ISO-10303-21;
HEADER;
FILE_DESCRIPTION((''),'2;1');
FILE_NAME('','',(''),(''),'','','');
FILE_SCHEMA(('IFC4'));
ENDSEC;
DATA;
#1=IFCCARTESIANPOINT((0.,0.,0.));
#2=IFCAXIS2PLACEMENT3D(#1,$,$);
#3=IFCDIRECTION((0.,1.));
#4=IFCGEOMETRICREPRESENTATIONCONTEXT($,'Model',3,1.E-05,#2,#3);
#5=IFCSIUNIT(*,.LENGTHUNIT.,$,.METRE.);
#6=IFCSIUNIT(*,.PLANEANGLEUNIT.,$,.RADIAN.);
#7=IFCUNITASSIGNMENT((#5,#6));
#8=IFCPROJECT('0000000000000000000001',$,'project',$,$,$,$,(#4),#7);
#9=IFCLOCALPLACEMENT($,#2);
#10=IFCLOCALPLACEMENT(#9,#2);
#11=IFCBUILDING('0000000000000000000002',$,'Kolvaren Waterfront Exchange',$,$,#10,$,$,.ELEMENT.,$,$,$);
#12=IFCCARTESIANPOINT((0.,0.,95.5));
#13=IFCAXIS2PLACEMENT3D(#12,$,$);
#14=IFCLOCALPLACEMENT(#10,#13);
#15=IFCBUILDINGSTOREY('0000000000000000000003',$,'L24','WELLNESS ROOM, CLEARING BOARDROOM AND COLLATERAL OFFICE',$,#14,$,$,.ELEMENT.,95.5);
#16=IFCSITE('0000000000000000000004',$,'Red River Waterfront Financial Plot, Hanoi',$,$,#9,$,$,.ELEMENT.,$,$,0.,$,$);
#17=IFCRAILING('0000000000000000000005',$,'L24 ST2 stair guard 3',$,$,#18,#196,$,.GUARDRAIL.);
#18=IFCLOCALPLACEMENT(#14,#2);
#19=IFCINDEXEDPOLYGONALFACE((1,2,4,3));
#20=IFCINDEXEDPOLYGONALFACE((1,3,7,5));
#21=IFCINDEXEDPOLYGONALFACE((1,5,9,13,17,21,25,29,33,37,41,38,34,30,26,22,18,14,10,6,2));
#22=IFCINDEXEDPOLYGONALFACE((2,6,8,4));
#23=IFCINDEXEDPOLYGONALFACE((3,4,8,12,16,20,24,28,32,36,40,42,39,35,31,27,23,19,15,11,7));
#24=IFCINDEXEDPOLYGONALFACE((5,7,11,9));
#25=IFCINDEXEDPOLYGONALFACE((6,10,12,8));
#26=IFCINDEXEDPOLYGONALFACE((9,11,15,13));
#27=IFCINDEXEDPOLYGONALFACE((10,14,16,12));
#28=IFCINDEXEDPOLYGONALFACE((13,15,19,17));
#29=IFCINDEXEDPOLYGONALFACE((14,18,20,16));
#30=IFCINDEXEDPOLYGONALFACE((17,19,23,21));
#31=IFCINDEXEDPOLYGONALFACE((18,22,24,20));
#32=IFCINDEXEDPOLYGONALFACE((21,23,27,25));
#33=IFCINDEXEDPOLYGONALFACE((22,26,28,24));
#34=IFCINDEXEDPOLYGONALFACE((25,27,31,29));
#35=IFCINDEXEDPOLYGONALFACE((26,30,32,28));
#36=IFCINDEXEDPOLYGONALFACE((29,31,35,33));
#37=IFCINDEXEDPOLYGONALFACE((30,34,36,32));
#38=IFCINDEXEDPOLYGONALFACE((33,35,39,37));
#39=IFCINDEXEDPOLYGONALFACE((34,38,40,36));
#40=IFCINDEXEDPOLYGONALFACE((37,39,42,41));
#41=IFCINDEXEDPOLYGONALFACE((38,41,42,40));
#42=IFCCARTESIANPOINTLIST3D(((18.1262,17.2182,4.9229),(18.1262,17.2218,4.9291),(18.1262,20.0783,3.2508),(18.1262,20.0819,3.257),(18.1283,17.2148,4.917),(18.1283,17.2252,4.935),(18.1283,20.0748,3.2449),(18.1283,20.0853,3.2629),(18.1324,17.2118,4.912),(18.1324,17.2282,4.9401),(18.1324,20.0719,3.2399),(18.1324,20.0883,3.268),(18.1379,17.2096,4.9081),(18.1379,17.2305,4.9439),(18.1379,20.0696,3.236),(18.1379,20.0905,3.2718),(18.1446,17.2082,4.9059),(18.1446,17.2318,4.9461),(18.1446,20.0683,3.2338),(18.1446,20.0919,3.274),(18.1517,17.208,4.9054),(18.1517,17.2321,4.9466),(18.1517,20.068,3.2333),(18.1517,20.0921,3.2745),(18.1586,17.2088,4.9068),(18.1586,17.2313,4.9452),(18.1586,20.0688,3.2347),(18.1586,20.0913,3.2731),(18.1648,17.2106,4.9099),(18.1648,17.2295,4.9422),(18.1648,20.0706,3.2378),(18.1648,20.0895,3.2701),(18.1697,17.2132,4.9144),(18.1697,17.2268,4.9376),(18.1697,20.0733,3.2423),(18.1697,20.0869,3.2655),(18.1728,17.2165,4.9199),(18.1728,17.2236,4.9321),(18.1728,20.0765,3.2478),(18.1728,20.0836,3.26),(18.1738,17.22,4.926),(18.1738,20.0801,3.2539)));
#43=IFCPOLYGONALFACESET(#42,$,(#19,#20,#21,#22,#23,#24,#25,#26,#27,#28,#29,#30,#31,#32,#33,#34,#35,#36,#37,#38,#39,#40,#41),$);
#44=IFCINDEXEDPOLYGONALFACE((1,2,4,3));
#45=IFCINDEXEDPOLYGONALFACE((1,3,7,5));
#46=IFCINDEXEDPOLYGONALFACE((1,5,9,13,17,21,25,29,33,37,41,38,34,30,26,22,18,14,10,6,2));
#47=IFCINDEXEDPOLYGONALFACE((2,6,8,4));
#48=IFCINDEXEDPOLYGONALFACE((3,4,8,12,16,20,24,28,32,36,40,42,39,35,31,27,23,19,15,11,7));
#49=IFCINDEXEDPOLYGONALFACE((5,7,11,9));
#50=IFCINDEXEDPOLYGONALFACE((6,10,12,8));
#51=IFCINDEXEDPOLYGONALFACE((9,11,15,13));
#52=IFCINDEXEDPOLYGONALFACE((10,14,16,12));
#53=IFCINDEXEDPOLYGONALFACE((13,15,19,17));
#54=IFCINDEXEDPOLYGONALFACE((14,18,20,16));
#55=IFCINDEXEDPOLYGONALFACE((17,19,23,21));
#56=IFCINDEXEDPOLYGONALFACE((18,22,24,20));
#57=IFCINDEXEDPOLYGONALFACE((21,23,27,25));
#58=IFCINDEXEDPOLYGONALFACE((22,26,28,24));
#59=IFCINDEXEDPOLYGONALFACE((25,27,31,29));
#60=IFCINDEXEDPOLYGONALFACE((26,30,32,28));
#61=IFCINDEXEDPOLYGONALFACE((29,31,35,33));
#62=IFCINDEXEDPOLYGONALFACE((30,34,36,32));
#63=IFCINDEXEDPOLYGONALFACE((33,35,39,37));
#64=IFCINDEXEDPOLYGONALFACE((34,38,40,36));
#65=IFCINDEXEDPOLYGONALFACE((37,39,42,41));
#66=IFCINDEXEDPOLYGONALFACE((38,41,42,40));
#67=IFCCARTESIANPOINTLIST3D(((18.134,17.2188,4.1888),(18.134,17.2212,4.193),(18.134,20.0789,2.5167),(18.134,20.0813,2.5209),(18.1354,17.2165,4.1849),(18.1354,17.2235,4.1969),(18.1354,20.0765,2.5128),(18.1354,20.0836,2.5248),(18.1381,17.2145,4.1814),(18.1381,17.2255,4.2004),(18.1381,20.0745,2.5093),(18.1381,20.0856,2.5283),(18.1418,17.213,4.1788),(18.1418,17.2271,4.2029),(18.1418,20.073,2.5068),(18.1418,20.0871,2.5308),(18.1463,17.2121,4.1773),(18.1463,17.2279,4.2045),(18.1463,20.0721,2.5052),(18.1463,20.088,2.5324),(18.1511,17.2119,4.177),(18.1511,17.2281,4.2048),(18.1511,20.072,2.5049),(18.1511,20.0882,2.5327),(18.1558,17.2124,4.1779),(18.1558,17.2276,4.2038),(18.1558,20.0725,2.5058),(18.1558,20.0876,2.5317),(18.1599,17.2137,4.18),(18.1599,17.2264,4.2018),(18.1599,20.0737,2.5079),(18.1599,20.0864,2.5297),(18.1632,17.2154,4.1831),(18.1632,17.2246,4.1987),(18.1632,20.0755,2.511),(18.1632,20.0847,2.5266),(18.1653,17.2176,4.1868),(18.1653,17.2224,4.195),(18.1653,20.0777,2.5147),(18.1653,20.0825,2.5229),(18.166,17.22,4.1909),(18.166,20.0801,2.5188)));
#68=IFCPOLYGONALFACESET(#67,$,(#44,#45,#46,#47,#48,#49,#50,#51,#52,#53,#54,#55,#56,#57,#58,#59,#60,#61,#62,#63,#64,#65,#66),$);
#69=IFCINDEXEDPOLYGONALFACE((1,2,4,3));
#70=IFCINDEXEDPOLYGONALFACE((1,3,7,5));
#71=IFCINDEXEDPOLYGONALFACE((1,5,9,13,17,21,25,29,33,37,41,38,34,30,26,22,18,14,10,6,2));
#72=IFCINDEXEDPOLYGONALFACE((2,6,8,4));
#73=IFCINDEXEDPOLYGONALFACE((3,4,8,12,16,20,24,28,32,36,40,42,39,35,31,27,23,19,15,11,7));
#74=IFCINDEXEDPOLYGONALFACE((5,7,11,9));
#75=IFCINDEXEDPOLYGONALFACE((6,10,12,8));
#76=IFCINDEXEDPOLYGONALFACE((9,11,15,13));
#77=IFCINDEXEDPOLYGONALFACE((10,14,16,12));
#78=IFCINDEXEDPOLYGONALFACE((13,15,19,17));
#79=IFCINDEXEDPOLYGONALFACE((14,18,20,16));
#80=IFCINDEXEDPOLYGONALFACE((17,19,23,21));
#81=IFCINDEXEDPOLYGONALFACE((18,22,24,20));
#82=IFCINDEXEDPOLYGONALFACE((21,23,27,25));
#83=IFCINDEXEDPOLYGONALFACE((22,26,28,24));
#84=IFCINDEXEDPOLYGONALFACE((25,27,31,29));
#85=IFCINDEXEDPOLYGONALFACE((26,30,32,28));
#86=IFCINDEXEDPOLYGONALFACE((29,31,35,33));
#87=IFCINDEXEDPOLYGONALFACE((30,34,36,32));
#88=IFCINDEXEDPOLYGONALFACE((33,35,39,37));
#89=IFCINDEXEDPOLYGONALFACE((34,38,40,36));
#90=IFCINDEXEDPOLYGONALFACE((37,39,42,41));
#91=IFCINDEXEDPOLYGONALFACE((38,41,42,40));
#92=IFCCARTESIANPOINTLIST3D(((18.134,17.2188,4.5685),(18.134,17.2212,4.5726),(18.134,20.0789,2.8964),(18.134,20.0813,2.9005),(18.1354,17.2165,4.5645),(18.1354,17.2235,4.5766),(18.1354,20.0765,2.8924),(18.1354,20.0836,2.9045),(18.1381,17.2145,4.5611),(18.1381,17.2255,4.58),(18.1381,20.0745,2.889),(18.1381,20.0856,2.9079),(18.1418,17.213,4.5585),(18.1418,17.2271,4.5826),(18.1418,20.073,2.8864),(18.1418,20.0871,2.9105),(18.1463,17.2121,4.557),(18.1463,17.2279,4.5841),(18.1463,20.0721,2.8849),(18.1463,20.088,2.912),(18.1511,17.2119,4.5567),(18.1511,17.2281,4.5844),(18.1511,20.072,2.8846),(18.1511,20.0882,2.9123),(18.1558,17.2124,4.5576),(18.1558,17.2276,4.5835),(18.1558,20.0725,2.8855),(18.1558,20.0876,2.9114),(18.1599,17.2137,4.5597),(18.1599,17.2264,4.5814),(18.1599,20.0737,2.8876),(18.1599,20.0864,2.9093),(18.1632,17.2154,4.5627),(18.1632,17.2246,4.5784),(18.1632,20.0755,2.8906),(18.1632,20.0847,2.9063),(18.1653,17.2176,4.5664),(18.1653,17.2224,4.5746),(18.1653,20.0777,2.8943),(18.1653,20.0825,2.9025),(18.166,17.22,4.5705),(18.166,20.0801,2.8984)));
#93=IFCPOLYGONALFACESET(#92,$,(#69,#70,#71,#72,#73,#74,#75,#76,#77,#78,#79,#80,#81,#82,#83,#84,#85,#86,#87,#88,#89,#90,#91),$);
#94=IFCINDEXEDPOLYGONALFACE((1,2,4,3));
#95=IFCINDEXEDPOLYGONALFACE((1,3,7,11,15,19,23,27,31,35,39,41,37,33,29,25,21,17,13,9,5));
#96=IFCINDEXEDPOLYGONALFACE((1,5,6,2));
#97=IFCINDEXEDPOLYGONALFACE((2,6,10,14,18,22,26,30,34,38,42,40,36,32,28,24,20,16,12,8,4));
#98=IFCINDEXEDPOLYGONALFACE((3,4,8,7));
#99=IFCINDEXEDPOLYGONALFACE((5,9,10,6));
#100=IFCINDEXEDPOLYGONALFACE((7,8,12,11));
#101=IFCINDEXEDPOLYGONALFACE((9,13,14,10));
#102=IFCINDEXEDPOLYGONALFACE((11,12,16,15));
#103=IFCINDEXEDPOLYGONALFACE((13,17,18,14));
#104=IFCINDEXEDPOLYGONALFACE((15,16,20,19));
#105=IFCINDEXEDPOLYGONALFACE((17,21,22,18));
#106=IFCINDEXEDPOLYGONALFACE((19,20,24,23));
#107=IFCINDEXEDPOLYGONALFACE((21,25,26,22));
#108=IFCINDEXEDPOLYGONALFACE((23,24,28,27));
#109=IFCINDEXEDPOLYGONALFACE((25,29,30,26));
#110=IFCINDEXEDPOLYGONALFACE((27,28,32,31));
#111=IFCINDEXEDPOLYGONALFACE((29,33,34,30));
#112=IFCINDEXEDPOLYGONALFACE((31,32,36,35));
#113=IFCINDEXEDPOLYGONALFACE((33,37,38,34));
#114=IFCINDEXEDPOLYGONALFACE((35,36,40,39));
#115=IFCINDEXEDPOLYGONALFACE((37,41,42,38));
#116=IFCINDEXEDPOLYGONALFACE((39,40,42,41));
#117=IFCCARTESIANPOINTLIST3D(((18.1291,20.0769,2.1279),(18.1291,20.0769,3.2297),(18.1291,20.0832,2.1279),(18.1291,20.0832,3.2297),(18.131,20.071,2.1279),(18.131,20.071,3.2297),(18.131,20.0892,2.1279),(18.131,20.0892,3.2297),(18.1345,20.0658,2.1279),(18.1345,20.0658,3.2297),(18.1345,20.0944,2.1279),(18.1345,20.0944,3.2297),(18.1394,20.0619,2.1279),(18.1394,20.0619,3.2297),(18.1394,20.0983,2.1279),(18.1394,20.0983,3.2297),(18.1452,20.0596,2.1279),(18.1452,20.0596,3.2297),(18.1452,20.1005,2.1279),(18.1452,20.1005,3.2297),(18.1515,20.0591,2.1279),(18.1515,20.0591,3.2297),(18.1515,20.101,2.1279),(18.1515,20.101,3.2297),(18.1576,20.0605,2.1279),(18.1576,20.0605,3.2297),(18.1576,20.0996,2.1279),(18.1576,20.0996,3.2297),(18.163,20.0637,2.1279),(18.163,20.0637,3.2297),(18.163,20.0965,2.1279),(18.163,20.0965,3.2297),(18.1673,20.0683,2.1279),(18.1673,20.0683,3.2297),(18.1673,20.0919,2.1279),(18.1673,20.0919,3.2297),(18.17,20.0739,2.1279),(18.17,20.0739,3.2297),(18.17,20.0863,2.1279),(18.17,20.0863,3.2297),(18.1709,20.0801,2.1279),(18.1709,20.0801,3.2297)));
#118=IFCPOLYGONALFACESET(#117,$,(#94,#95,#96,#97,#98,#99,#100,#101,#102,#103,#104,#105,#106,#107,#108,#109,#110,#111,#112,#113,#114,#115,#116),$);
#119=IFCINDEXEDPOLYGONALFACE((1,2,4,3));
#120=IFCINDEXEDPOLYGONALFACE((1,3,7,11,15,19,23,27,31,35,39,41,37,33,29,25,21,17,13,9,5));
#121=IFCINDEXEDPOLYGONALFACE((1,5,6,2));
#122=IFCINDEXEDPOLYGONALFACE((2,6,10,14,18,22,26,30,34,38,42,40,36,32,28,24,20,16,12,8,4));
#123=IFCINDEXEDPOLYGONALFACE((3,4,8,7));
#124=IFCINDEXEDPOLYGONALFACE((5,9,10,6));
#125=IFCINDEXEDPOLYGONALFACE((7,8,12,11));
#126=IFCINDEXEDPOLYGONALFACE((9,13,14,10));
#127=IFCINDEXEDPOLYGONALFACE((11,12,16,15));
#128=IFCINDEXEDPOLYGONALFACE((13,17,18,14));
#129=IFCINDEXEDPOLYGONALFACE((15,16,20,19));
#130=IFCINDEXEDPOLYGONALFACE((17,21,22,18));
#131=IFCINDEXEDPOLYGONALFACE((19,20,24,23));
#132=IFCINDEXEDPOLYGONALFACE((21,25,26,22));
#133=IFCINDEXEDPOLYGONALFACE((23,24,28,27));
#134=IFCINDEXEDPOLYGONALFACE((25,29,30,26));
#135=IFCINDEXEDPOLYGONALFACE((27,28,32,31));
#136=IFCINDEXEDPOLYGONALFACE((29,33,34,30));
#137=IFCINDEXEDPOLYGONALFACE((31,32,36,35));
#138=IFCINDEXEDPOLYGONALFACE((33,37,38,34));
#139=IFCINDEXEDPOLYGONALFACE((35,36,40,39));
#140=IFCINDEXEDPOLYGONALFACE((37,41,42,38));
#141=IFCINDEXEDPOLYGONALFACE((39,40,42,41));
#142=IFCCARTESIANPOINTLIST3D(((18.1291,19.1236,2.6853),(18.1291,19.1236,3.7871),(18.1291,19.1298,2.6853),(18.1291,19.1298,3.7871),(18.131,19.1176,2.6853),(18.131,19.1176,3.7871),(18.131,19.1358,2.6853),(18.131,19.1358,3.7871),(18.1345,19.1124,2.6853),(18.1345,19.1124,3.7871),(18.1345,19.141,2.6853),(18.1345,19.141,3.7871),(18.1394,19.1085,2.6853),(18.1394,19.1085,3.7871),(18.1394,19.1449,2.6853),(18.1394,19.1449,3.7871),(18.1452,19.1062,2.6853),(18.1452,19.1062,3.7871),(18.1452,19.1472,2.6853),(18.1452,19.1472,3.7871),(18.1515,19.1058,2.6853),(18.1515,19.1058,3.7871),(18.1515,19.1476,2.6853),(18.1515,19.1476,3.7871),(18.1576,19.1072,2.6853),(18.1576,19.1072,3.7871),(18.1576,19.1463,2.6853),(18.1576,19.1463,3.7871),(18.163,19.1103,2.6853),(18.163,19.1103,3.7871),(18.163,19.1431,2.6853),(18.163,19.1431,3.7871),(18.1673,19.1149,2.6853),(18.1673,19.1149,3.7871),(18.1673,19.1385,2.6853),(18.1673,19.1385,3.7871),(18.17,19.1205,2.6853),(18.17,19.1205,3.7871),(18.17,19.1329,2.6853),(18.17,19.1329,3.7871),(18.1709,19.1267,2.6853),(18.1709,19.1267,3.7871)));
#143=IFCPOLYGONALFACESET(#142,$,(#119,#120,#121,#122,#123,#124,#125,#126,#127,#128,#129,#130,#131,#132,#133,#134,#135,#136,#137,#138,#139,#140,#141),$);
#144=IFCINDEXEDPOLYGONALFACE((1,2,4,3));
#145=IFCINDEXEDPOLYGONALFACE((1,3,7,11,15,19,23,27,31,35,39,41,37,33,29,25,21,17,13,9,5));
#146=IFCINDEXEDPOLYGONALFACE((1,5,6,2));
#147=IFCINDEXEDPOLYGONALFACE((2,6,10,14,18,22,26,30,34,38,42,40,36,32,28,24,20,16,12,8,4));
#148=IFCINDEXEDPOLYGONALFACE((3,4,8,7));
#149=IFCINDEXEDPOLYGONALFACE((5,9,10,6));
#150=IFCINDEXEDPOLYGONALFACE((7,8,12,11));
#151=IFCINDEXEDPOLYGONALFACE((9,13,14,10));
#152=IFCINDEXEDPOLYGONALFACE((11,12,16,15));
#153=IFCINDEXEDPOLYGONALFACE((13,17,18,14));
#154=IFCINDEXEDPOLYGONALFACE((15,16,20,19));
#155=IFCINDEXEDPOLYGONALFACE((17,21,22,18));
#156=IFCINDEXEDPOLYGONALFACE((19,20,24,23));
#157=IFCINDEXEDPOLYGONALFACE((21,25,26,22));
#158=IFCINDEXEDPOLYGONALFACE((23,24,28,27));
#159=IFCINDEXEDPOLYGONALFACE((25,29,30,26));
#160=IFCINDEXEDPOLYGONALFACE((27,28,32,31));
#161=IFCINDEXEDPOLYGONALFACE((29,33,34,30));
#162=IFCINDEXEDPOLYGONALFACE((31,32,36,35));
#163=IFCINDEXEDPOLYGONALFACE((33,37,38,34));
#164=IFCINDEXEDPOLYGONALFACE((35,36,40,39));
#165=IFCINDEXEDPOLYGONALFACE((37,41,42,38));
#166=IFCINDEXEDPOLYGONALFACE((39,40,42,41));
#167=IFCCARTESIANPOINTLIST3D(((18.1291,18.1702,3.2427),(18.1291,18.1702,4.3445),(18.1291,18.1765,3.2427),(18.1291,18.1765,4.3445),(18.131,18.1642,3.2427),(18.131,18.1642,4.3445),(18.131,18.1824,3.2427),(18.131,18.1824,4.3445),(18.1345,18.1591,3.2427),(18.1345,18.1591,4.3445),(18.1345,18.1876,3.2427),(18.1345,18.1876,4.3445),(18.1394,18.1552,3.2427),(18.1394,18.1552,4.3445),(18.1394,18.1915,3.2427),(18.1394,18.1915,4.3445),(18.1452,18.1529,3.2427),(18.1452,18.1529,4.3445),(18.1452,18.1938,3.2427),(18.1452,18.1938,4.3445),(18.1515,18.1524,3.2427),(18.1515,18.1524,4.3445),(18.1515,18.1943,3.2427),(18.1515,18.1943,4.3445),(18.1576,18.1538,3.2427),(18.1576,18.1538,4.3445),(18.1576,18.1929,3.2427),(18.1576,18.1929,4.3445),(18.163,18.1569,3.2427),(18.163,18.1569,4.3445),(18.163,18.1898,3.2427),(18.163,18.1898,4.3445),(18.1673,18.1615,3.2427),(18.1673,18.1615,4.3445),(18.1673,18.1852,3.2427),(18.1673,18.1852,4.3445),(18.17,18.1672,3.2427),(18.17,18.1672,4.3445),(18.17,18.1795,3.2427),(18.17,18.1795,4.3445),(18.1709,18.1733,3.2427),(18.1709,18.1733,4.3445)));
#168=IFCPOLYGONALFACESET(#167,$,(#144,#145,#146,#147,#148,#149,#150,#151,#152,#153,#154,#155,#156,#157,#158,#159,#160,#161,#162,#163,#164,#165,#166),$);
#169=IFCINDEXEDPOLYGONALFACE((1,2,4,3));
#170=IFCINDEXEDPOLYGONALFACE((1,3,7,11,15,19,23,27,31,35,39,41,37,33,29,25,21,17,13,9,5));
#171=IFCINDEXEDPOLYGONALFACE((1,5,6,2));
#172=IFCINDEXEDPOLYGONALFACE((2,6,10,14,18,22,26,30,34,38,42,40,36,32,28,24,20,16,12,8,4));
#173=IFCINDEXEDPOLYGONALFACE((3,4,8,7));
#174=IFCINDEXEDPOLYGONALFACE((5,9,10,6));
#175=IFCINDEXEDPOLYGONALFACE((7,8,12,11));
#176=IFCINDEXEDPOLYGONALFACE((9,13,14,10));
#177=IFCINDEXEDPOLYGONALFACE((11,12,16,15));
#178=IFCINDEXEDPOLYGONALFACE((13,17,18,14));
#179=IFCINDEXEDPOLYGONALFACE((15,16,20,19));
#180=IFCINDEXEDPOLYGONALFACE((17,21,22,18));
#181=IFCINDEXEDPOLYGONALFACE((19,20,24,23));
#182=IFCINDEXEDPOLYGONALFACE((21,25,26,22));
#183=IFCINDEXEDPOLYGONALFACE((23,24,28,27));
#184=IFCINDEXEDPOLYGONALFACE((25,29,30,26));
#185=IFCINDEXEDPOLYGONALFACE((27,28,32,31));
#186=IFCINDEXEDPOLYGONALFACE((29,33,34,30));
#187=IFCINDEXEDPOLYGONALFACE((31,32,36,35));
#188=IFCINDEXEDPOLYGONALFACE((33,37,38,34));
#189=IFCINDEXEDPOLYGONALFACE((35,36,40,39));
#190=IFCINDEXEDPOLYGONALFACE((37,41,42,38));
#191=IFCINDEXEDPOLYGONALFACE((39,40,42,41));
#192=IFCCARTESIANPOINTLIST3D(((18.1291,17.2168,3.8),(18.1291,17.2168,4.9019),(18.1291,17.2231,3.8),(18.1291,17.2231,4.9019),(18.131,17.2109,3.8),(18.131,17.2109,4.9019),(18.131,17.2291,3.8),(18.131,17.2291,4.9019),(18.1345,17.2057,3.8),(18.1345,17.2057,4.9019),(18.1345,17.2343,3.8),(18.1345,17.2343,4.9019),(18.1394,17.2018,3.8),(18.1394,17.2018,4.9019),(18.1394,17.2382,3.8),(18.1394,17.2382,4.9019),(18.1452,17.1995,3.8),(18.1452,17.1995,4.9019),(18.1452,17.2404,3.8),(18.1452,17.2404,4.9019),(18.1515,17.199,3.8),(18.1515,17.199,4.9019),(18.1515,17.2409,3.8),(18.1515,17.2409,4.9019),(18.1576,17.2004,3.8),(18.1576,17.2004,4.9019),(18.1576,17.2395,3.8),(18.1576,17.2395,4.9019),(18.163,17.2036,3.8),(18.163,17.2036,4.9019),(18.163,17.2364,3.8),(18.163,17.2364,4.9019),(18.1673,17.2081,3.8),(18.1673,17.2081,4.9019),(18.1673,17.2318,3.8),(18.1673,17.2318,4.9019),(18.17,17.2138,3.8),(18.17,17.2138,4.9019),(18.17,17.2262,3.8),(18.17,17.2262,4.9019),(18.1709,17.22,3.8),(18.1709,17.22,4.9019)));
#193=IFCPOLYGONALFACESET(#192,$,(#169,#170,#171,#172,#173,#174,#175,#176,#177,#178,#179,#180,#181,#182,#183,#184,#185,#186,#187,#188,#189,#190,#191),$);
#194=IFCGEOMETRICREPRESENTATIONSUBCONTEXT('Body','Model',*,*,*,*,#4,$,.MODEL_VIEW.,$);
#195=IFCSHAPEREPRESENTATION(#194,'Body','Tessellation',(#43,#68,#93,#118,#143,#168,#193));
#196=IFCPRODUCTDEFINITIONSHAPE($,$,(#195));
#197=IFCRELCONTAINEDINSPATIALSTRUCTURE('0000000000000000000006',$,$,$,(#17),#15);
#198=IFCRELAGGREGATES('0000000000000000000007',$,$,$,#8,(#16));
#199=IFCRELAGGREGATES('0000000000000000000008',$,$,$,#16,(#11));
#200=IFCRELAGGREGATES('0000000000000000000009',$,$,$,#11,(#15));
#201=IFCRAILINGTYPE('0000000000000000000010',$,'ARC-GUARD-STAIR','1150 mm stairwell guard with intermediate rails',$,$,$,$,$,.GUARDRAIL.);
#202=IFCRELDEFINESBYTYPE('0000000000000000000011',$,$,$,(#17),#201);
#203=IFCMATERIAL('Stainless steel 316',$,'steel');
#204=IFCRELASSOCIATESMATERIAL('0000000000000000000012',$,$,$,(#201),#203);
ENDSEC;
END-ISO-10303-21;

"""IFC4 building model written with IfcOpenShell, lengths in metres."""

from ifc_helpers import new_model, si_unit, direction, frame, origin, origin_2d, place, context, subcontext, project, spatial, circle, extrude, material, type_object, element, save


model = new_model("IFC4")

# Units and contexts
model_context = context("Model", 3, precision=1e-05, world=origin(), true_north=direction((0.0, 1.0)))
body_context = subcontext(model_context, "Body", "Model", "MODEL_VIEW")
ifc_project = project(units=[si_unit("LENGTHUNIT", "METRE"), si_unit("PLANEANGLEUNIT", "RADIAN")], contexts=[model_context])

# Site, building, storey
site_placement = place(None, origin())
site = spatial("IfcSite", under=ifc_project, at=site_placement, Name="Red River Waterfront Financial Plot, Hanoi", CompositionType="ELEMENT", RefElevation=0.0)
building_placement = place(site_placement, origin())
building = spatial("IfcBuilding", under=site, at=building_placement, Name="Kolvaren Waterfront Exchange", CompositionType="ELEMENT")
storey_placement = place(building_placement, frame((0.0, 0.0, 95.5)))
storey = spatial("IfcBuildingStorey", under=building, at=storey_placement, Name="L24", Description="WELLNESS ROOM, CLEARING BOARDROOM AND COLLATERAL OFFICE", CompositionType="ELEMENT", Elevation=95.5)

# Railing
ifc_material_1 = material(Name="Stainless steel 316", Category="steel")
railing_type_1 = type_object("IfcRailingType", Name="ARC-GUARD-STAIR", Description="1150 mm stairwell guard with intermediate rails", PredefinedType="GUARDRAIL", material=ifc_material_1)
railing_1_placement = place(storey_placement, frame((18.1499, 20.0801, 2.1279)))
element("IfcRailing", 1, at=railing_1_placement, inside=storey, type_object=railing_type_1, Name="L24 ST2 stair guard 3", PredefinedType="GUARDRAIL", context=body_context, shape_type="SweptSolid", body=[
    extrude(circle(Radius=0.0239, at=origin_2d()), frame((0.0, 0.0, 1.126), z_axis=(0.0, -0.863289, 0.504709), x_axis=(1.0, 0.0, 0.0)), (0.0, 0.0, 1.0), 3.313),
    extrude(circle(Radius=0.0161, at=origin_2d()), frame((0.0, 0.0, 0.3909), z_axis=(0.0, -0.863289, 0.504709), x_axis=(1.0, 0.0, 0.0)), (0.0, 0.0, 1.0), 3.313),
    extrude(circle(Radius=0.0161, at=origin_2d()), frame((0.0, 0.0, 0.7705), z_axis=(0.0, -0.863289, 0.504709), x_axis=(1.0, 0.0, 0.0)), (0.0, 0.0, 1.0), 3.313),
    extrude(circle(Radius=0.021, at=origin_2d()), origin(), (0.0, 0.0, 1.0), 1.1018),
    extrude(circle(Radius=0.021, at=origin_2d()), frame((0.0, -0.9534, 0.5574)), (0.0, 0.0, 1.0), 1.1018),
    extrude(circle(Radius=0.021, at=origin_2d()), frame((0.0, -1.9067, 1.1147)), (0.0, 0.0, 1.0), 1.1018),
    extrude(circle(Radius=0.021, at=origin_2d()), frame((0.0, -2.8601, 1.6721)), (0.0, 0.0, 1.0), 1.1018),
])

save(model, "model.ifc")
